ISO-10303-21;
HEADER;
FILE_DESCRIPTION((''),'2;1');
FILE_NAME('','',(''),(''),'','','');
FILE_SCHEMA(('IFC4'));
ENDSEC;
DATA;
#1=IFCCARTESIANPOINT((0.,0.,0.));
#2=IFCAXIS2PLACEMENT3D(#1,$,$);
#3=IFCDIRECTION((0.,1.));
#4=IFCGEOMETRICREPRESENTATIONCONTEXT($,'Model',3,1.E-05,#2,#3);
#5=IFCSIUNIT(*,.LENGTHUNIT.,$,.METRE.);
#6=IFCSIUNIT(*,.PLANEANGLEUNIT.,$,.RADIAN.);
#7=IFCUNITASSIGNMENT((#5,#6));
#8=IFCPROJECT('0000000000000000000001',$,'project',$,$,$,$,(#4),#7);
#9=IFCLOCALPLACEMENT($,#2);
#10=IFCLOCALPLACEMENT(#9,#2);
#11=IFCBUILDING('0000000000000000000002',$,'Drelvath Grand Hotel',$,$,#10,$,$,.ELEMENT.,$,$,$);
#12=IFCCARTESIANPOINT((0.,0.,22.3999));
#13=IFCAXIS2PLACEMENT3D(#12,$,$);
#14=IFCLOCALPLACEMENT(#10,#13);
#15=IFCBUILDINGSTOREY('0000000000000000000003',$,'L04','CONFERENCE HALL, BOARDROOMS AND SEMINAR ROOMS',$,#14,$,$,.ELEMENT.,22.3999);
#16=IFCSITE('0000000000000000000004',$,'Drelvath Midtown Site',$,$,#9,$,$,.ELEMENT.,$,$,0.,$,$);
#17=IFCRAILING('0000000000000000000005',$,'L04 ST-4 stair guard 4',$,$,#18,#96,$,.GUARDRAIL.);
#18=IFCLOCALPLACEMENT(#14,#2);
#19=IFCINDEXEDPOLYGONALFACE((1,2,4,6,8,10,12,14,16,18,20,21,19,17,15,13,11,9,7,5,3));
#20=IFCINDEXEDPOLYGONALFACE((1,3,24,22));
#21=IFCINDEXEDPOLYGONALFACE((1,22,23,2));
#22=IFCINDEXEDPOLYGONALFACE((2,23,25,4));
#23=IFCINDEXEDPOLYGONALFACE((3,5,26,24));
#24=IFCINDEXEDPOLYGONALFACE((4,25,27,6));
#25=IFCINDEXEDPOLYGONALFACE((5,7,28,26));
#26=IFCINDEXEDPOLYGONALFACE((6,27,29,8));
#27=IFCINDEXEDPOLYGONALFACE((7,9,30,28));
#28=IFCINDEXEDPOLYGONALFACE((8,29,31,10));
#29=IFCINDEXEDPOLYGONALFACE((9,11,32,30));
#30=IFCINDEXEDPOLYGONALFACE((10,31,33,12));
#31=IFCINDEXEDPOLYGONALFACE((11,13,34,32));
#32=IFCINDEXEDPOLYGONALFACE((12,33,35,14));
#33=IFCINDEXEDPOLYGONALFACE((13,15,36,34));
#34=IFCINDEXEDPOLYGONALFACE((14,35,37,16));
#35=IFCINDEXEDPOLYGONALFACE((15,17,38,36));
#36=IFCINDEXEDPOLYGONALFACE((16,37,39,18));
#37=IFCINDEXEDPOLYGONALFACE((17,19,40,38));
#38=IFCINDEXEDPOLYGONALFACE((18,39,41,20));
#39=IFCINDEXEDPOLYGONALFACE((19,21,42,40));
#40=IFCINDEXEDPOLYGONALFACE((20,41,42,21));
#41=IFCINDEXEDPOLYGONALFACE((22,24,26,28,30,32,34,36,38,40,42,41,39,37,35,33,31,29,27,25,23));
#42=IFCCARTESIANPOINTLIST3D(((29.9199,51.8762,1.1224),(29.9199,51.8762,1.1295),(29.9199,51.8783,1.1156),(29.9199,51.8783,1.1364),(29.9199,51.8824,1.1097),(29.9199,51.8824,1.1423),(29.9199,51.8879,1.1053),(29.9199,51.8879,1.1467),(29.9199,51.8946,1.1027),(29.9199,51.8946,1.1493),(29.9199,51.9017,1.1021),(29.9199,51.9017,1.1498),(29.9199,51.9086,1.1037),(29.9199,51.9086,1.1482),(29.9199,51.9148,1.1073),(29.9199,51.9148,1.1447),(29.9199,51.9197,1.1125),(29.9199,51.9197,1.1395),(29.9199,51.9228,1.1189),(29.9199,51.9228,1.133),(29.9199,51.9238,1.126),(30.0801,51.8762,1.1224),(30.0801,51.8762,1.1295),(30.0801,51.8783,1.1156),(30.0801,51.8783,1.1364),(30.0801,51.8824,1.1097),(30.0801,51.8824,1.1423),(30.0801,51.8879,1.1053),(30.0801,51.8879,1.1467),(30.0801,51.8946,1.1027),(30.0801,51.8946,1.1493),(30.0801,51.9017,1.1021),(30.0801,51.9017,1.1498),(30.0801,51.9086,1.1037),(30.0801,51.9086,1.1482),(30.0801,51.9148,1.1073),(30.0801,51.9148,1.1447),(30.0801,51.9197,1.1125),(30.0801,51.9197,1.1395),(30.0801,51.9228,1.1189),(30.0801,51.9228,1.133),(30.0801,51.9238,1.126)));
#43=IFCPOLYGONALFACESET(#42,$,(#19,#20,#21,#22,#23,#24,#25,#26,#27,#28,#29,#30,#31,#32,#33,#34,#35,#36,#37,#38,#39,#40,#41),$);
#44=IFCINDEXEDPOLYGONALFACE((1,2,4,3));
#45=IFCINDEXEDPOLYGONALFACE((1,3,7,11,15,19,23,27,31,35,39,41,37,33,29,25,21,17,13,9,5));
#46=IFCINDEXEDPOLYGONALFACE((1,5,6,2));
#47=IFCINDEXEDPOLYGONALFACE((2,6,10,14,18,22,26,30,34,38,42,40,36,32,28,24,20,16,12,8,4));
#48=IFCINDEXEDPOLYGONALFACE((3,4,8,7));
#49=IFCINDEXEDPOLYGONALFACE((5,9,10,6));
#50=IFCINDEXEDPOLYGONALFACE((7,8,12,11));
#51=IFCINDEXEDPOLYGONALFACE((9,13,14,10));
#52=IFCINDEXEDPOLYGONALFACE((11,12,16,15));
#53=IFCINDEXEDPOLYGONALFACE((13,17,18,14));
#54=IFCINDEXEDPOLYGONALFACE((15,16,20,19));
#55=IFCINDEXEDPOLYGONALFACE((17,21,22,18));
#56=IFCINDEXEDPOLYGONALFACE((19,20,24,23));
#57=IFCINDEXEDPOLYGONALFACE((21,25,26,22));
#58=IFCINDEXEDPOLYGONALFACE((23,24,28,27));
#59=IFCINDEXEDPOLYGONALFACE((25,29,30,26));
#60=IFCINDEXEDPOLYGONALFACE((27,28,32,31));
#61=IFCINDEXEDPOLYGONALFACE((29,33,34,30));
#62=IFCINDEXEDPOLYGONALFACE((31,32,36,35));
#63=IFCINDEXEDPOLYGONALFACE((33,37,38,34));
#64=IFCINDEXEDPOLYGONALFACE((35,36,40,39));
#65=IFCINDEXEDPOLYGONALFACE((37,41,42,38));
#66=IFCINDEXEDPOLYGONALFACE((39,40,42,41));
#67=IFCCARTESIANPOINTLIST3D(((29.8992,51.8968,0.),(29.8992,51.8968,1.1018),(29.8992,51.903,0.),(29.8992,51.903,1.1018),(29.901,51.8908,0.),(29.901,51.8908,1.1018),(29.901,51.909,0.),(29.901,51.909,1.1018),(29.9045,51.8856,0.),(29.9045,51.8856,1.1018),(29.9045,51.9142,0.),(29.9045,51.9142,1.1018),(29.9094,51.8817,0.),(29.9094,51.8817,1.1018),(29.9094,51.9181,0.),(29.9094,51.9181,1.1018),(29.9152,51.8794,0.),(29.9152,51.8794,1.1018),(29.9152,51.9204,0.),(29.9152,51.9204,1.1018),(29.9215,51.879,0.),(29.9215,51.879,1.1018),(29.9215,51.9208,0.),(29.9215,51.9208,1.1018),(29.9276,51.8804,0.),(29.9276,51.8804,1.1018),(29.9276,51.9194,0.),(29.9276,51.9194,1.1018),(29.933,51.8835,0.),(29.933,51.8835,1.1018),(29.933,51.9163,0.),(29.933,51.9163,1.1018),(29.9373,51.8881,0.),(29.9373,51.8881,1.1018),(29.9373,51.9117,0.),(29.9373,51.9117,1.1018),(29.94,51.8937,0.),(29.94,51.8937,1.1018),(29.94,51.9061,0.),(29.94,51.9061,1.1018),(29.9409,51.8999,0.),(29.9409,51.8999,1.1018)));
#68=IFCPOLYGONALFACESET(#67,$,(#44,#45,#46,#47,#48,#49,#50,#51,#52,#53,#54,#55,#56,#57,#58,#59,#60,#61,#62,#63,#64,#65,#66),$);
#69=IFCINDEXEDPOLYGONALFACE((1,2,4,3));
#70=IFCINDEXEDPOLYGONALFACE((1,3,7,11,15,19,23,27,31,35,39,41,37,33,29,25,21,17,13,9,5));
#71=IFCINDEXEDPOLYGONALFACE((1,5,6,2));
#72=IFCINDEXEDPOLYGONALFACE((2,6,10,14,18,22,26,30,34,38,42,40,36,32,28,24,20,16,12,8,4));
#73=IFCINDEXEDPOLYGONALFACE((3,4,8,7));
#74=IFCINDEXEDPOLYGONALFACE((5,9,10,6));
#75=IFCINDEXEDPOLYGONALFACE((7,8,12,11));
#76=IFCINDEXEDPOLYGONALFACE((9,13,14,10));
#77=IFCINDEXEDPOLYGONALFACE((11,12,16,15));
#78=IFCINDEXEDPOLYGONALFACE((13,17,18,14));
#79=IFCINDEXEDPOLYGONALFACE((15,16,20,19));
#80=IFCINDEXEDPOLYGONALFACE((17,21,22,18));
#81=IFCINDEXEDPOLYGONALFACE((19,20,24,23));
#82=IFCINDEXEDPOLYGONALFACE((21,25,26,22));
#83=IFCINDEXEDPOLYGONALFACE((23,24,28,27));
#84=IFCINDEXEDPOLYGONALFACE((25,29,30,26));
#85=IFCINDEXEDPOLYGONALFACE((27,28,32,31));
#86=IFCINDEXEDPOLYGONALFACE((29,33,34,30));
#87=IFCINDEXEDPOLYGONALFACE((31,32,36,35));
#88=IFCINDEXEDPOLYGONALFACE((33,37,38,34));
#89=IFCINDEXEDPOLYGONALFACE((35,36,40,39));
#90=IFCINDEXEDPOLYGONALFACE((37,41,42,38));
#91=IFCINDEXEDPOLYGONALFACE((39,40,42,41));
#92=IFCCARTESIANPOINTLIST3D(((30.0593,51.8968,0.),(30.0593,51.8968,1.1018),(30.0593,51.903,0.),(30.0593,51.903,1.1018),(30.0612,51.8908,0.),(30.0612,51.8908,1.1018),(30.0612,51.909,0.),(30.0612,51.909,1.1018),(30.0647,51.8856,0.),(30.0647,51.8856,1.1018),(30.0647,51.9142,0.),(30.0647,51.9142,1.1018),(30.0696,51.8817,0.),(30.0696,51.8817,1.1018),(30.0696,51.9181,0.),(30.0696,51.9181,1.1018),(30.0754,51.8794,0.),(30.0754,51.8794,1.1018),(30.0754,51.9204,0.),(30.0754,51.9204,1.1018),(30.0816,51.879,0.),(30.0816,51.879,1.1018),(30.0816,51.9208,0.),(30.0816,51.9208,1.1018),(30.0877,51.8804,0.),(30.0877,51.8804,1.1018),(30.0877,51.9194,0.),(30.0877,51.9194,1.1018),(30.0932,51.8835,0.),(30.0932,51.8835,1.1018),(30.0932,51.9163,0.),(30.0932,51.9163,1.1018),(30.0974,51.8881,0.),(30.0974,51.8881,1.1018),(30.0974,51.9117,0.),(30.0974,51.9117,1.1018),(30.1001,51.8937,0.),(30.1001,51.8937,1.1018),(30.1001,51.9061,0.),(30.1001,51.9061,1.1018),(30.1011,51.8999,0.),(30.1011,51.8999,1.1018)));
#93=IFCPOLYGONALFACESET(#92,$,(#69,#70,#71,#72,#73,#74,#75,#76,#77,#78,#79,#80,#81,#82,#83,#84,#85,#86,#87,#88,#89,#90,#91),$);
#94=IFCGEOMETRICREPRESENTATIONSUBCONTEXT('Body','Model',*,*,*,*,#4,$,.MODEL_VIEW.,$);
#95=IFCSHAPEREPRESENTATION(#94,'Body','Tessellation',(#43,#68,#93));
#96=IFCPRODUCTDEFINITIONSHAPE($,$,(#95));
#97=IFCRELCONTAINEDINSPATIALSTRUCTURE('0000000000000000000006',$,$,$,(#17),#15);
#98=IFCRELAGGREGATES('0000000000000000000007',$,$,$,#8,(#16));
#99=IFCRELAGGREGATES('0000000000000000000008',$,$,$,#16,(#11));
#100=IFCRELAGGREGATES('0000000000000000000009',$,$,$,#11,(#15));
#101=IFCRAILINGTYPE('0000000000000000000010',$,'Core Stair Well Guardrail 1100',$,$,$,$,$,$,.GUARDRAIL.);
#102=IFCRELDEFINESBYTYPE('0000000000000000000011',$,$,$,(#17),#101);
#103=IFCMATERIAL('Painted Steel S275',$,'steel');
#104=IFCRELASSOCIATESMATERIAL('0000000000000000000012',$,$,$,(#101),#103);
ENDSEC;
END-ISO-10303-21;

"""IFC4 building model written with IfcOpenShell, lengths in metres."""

from ifc_helpers import new_model, si_unit, direction, frame, origin, origin_2d, place, context, subcontext, project, spatial, circle, extrude, material, type_object, element, save


model = new_model("IFC4")

# Units and contexts
model_context = context("Model", 3, precision=1e-05, world=origin(), true_north=direction((0.0, 1.0)))
body_context = subcontext(model_context, "Body", "Model", "MODEL_VIEW")
ifc_project = project(units=[si_unit("LENGTHUNIT", "METRE"), si_unit("PLANEANGLEUNIT", "RADIAN")], contexts=[model_context])

# Site, building, storey
site_placement = place(None, origin())
site = spatial("IfcSite", under=ifc_project, at=site_placement, Name="Drelvath Midtown Site", CompositionType="ELEMENT", RefElevation=0.0)
building_placement = place(site_placement, origin())
building = spatial("IfcBuilding", under=site, at=building_placement, Name="Drelvath Grand Hotel", CompositionType="ELEMENT")
storey_placement = place(building_placement, frame((0.0, 0.0, 22.3999)))
storey = spatial("IfcBuildingStorey", under=building, at=storey_placement, Name="L04", Description="CONFERENCE HALL, BOARDROOMS AND SEMINAR ROOMS", CompositionType="ELEMENT", Elevation=22.3999)

# Railing
ifc_material_1 = material(Name="Painted Steel S275", Category="steel")
railing_type_1 = type_object("IfcRailingType", Name="Core Stair Well Guardrail 1100", PredefinedType="GUARDRAIL", material=ifc_material_1)
railing_1_placement = place(storey_placement, frame((29.9199, 51.8999, 0.0)))
element("IfcRailing", 1, at=railing_1_placement, inside=storey, type_object=railing_type_1, Name="L04 ST-4 stair guard 4", PredefinedType="GUARDRAIL", context=body_context, shape_type="SweptSolid", body=[
    extrude(circle(Radius=0.0239, at=origin_2d()), frame((0.0, 0.0, 1.126), z_axis=(1.0, 0.0, 0.0), x_axis=(0.0, 1.0, 0.0)), (0.0, 0.0, 1.0), 0.1602),
    extrude(circle(Radius=0.021, at=origin_2d()), origin(), (0.0, 0.0, 1.0), 1.1018),
    extrude(circle(Radius=0.021, at=origin_2d()), frame((0.1602, 0.0, 0.0)), (0.0, 0.0, 1.0), 1.1018),
])

save(model, "model.ifc")
